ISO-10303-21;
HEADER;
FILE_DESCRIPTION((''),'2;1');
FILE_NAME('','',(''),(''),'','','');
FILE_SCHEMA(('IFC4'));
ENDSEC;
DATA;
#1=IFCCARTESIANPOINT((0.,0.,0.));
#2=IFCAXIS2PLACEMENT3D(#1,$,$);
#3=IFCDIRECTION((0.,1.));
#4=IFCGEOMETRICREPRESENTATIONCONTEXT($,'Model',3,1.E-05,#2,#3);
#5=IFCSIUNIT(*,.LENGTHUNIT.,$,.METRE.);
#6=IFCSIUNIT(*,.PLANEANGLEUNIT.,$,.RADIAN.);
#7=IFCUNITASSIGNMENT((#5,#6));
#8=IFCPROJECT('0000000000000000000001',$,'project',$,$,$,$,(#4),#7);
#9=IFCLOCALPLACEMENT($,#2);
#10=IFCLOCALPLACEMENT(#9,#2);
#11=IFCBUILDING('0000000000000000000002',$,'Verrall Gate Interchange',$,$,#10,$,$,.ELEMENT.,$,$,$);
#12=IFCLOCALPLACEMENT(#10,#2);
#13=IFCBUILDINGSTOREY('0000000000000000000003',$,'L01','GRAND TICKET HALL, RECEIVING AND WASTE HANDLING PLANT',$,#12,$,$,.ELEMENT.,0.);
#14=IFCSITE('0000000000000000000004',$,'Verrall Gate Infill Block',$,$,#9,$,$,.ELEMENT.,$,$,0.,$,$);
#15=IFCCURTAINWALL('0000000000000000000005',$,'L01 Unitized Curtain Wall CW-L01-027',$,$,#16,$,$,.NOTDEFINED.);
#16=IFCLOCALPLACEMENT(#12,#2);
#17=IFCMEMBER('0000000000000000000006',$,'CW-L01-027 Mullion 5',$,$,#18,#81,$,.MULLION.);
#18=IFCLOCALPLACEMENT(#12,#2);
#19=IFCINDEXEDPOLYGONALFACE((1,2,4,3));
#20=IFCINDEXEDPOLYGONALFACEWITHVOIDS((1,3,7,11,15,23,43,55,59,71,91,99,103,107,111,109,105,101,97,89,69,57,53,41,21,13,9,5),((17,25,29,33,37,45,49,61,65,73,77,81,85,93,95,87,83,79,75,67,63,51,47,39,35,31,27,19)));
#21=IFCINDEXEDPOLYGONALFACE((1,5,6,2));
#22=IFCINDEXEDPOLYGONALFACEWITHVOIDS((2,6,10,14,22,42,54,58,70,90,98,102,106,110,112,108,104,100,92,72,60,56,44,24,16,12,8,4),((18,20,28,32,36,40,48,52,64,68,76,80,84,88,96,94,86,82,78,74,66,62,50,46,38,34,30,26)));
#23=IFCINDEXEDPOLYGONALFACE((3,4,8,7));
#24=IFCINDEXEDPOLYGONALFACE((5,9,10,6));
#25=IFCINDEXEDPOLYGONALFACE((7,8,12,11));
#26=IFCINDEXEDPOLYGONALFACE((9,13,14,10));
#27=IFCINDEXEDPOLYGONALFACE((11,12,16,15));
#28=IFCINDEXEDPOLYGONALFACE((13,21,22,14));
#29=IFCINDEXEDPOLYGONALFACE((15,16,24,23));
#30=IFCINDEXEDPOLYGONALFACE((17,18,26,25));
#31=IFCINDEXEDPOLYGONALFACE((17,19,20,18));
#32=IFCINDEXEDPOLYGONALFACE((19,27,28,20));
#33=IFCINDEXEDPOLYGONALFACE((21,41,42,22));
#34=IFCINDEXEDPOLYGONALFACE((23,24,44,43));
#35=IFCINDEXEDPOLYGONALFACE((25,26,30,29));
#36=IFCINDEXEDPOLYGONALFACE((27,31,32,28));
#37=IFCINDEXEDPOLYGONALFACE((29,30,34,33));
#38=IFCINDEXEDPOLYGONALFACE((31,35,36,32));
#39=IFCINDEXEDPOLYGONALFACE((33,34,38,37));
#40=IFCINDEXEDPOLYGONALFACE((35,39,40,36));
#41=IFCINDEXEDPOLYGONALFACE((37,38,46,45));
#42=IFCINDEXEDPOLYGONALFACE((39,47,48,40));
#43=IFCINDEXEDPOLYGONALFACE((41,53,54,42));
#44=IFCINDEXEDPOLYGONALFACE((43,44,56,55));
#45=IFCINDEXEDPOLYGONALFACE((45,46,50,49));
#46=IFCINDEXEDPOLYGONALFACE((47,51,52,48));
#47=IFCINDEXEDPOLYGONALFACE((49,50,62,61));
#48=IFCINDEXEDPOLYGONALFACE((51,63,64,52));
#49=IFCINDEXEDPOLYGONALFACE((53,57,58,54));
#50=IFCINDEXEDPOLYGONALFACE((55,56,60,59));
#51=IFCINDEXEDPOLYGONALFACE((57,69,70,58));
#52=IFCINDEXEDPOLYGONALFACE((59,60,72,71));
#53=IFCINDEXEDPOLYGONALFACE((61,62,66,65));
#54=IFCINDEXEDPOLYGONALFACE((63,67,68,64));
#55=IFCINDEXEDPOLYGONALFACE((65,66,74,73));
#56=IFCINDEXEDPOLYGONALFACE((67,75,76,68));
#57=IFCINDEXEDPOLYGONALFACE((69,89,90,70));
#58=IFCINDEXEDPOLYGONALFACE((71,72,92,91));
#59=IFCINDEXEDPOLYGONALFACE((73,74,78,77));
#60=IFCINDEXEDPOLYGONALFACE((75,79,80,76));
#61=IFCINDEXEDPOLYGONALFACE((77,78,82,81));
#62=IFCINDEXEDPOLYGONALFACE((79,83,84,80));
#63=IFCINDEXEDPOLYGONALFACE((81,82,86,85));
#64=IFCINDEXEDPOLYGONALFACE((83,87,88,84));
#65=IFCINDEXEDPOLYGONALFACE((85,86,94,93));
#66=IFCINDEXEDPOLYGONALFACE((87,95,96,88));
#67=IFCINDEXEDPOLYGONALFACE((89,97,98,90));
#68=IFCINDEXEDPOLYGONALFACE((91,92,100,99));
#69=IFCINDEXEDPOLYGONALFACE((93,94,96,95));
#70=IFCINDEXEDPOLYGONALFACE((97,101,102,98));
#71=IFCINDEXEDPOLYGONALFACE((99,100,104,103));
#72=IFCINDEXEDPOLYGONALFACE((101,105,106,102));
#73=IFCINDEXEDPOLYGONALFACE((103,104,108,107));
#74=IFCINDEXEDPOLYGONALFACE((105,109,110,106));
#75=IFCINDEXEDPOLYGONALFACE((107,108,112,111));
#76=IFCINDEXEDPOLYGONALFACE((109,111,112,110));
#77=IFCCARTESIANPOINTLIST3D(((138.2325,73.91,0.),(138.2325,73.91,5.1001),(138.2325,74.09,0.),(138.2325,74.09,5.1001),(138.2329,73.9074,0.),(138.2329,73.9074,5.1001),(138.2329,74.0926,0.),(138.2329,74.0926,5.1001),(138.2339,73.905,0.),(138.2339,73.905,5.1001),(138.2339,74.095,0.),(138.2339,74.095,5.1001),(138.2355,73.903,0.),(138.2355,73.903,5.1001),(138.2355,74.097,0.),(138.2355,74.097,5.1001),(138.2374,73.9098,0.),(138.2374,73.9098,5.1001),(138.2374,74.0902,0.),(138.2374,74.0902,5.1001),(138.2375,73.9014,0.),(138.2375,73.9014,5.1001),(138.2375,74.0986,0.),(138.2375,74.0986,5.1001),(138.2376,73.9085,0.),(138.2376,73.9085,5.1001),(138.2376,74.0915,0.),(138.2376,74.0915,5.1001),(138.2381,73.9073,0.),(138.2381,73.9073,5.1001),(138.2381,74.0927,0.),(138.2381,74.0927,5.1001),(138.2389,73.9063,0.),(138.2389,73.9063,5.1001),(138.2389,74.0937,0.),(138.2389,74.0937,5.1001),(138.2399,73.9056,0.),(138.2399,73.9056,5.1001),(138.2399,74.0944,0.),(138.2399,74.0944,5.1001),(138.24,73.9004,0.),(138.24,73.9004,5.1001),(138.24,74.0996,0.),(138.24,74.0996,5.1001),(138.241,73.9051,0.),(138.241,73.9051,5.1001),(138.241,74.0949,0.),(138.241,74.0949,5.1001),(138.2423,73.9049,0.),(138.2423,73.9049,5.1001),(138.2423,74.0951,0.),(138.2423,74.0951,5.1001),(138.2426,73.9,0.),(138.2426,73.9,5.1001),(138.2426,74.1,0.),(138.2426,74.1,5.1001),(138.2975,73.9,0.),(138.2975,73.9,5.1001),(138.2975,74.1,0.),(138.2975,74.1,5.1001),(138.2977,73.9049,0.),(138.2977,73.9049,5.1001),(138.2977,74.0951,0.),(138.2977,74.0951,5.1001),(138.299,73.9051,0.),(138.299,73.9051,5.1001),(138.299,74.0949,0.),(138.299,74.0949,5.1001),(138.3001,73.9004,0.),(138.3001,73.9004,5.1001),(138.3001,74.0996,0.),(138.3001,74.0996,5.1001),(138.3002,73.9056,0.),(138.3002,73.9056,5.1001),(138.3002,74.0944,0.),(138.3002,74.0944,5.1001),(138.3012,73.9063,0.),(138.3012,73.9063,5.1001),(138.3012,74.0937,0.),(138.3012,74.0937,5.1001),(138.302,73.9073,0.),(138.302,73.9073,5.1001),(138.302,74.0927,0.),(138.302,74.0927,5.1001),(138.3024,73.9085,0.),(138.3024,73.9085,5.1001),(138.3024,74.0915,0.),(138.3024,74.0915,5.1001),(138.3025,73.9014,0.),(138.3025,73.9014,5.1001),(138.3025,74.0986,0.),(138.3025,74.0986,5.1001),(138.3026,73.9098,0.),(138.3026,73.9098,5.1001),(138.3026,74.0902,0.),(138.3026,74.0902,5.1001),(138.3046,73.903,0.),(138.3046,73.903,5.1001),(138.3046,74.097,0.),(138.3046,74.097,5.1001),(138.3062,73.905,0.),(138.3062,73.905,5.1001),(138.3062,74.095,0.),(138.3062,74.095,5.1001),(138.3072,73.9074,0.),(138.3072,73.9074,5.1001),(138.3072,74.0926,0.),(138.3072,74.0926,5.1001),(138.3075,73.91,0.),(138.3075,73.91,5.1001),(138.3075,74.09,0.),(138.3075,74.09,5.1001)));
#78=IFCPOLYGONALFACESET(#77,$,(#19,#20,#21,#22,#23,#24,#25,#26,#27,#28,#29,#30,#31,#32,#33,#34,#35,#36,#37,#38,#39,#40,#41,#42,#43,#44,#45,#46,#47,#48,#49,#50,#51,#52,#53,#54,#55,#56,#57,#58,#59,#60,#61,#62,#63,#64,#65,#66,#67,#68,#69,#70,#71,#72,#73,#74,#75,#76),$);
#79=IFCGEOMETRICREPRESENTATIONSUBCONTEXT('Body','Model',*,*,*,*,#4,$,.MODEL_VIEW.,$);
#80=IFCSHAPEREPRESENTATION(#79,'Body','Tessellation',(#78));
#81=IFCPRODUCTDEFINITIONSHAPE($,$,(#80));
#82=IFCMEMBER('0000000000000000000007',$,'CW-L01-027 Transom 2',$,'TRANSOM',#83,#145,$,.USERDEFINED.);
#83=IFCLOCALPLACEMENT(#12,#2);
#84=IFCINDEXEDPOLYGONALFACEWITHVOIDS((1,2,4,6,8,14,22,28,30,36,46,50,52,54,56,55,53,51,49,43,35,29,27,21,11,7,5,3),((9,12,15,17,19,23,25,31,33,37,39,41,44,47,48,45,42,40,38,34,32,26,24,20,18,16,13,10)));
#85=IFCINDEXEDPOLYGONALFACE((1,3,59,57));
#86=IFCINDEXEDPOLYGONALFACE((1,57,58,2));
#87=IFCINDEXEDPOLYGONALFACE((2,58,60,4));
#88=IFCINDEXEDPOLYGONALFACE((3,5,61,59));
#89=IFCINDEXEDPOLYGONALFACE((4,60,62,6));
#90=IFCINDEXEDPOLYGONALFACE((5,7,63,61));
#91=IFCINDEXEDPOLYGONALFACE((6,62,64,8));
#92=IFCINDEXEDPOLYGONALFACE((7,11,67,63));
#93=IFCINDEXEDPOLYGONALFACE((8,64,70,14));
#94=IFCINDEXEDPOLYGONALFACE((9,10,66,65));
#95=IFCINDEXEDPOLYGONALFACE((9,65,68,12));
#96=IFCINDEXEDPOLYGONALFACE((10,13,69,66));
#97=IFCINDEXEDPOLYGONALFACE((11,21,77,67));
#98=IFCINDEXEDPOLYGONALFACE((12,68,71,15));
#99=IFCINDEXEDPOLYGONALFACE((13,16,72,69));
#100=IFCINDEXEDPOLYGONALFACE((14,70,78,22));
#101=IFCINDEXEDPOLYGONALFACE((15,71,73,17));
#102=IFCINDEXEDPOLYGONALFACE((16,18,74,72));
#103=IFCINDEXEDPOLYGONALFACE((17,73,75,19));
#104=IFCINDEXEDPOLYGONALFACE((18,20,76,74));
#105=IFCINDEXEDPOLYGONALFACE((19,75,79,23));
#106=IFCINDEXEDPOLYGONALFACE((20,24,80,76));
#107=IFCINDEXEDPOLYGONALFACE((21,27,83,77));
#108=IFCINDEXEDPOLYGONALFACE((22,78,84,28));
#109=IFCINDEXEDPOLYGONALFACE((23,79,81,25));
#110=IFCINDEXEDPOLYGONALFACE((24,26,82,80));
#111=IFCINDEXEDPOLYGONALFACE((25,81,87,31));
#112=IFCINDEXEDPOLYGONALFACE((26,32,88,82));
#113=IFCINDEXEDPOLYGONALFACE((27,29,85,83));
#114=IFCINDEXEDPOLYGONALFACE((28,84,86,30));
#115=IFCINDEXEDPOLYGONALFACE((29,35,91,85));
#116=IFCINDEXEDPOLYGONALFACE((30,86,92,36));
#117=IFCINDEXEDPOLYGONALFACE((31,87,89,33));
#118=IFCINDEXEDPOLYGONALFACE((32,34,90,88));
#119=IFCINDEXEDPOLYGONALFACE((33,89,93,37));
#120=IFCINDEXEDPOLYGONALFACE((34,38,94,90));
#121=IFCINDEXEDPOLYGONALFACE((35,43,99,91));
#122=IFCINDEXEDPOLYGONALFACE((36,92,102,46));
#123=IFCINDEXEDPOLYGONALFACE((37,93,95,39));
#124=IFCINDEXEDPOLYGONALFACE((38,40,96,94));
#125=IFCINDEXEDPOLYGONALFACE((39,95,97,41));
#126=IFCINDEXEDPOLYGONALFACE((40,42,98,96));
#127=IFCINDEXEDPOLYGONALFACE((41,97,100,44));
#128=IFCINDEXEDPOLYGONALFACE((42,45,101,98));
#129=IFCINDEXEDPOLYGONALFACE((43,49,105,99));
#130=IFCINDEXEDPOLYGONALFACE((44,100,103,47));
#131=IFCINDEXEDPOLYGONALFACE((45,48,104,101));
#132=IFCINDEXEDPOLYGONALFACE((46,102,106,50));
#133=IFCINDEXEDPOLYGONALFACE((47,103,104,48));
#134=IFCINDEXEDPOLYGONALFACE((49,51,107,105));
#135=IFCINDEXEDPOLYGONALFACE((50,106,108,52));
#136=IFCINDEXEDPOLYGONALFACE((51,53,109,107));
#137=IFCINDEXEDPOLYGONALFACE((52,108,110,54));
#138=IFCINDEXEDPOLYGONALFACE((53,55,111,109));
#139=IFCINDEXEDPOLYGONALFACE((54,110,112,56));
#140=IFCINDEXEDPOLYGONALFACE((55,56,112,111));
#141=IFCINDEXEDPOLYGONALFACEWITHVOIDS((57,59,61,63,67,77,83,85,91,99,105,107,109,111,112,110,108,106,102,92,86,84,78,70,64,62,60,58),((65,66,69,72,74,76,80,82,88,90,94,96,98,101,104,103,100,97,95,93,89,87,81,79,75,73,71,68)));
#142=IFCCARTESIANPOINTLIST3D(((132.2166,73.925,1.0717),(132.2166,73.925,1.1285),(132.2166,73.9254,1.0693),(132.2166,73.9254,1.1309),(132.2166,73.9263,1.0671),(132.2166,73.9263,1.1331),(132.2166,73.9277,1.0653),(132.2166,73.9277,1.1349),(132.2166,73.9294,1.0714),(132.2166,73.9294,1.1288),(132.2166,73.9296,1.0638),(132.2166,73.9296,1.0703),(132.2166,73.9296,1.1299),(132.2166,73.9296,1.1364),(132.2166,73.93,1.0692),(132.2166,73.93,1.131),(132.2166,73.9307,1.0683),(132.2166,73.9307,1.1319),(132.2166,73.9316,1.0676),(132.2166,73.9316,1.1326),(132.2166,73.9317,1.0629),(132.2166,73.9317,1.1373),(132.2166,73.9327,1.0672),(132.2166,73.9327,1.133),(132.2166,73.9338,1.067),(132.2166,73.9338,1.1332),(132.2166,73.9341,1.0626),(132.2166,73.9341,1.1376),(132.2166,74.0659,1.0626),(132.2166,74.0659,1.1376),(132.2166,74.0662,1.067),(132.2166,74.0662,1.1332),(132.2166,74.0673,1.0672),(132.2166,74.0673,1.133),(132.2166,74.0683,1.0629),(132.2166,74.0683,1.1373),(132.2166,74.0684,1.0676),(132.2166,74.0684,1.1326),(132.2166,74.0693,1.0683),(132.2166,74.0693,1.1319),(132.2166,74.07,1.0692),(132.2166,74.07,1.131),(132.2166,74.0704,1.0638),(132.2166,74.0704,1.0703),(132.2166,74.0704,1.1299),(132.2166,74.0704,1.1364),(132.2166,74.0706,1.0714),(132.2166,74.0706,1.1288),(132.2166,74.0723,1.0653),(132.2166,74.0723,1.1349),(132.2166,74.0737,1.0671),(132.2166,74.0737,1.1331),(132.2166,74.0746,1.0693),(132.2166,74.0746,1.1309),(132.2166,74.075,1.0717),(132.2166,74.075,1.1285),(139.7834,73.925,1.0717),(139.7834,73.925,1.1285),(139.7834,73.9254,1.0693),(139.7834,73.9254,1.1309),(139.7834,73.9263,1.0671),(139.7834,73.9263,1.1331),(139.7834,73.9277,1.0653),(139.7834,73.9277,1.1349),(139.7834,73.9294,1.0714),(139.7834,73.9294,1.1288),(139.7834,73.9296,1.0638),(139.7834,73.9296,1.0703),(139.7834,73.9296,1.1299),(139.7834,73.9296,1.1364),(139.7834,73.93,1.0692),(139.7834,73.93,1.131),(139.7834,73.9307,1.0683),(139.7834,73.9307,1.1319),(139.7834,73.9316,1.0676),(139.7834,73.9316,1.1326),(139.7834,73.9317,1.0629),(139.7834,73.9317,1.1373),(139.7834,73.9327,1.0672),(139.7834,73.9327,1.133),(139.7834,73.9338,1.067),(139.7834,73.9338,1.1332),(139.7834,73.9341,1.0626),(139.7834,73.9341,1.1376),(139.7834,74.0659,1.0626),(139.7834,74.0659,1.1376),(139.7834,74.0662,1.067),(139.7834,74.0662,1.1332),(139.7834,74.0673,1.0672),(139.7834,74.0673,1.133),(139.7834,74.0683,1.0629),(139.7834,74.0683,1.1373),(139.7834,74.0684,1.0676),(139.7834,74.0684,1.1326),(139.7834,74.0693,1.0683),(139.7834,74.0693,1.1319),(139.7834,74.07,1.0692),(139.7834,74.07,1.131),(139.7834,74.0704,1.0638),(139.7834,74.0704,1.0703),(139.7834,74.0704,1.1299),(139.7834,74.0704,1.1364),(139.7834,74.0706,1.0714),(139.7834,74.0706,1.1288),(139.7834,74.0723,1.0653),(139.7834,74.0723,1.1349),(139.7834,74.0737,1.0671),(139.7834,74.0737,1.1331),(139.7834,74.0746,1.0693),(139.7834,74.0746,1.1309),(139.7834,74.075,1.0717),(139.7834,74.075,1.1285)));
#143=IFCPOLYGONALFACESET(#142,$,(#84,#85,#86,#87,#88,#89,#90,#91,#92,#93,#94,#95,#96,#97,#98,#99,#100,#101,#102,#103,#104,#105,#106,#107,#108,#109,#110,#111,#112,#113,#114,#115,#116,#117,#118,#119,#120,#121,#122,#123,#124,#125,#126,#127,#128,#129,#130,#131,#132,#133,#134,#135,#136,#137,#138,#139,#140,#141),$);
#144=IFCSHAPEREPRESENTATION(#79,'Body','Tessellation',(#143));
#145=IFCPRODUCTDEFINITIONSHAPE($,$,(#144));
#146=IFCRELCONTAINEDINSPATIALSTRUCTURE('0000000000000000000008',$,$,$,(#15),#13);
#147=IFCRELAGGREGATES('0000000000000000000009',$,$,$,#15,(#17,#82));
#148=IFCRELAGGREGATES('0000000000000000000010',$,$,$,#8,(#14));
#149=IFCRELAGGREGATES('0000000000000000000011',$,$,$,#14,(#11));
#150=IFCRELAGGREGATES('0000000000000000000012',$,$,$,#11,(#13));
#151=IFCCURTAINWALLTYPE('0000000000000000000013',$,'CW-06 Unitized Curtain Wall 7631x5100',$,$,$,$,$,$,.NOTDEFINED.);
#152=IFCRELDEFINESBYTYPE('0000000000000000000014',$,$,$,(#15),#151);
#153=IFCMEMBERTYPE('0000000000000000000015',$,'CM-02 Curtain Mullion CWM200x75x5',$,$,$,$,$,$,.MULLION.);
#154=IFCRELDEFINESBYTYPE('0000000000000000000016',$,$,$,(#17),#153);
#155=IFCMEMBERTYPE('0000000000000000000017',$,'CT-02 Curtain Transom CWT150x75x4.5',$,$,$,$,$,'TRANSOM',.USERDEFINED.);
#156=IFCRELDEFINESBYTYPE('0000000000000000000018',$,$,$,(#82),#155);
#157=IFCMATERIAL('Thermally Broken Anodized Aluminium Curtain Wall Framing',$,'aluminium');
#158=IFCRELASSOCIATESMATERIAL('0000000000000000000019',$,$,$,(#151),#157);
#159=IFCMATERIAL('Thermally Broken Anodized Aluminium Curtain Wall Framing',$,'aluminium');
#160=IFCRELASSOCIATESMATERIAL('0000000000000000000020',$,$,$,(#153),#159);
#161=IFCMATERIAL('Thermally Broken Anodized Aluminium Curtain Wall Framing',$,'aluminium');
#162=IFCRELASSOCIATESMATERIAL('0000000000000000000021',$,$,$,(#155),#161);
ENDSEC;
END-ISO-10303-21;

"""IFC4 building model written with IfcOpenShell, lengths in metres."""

from ifc_helpers import new_model, si_unit, direction, frame, origin, origin_2d, place, context, subcontext, project, spatial, hollow_rectangle, extrude, material, material_profile, profile_set, type_object, element, aggregate, save


model = new_model("IFC4")

# Units and contexts
model_context = context("Model", 3, precision=1e-05, world=origin(), true_north=direction((0.0, 1.0)))
body_context = subcontext(model_context, "Body", "Model", "MODEL_VIEW")
ifc_project = project(units=[si_unit("LENGTHUNIT", "METRE"), si_unit("PLANEANGLEUNIT", "RADIAN")], contexts=[model_context])

# Site, building, storey
site_placement = place(None, origin())
site = spatial("IfcSite", under=ifc_project, at=site_placement, Name="Verrall Gate Infill Block", CompositionType="ELEMENT", RefElevation=0.0)
building_placement = place(site_placement, origin())
building = spatial("IfcBuilding", under=site, at=building_placement, Name="Verrall Gate Interchange", CompositionType="ELEMENT")
storey_placement = place(building_placement, origin())
storey = spatial("IfcBuildingStorey", under=building, at=storey_placement, Name="L01", Description="GRAND TICKET HALL, RECEIVING AND WASTE HANDLING PLANT", CompositionType="ELEMENT", Elevation=0.0)

# Curtain wall, members
ifc_material_1 = material(Name="Thermally Broken Anodized Aluminium Curtain Wall Framing", Category="aluminium")
curtain_wall_type = type_object("IfcCurtainWallType", Name="CW-06 Unitized Curtain Wall 7631x5100", PredefinedType="NOTDEFINED", material=ifc_material_1)
curtain_wall_placement = place(storey_placement, origin())
curtain_wall = element("IfcCurtainWall", 1, at=curtain_wall_placement, inside=storey, type_object=curtain_wall_type, Name="L01 Unitized Curtain Wall CW-L01-027", PredefinedType="NOTDEFINED")
ifc_material_2 = material(Name="Thermally Broken Anodized Aluminium Curtain Wall Framing", Category="aluminium")
ifc_material_profile_1 = material_profile(ifc_material_2, hollow_rectangle(XDim=0.075, YDim=0.2, WallThickness=0.0049, InnerFilletRadius=0.0049, OuterFilletRadius=0.01, at=origin_2d()), Name="CWM200x75x5")
ifc_profile_set_1 = profile_set([ifc_material_profile_1], Name="Thermally Broken Anodized Aluminium Curtain Wall Framing")
member_type_1 = type_object("IfcMemberType", Name="CM-02 Curtain Mullion CWM200x75x5", PredefinedType="MULLION", material=ifc_profile_set_1)
member_1_placement = place(storey_placement, frame((138.27, 74.0, 0.0), z_axis=(0.0, 0.0, 1.0), x_axis=(1.0, 0.0, 0.0)))
member_1 = element("IfcMember", 2, at=member_1_placement, type_object=member_type_1, Name="CW-L01-027 Mullion 5", PredefinedType="MULLION", context=body_context, shape_type="SweptSolid", body=[
    extrude(hollow_rectangle(XDim=0.075, YDim=0.2, WallThickness=0.0049, InnerFilletRadius=0.0049, OuterFilletRadius=0.01, at=origin_2d()), origin(), (0.0, 0.0, 1.0), 5.1001),
])
ifc_material_3 = material(Name="Thermally Broken Anodized Aluminium Curtain Wall Framing", Category="aluminium")
ifc_material_profile_2 = material_profile(ifc_material_3, hollow_rectangle(XDim=0.1499, YDim=0.075, WallThickness=0.0044, InnerFilletRadius=0.0044, OuterFilletRadius=0.009, at=origin_2d()), Name="CWT150x75x4.5")
ifc_profile_set_2 = profile_set([ifc_material_profile_2], Name="Thermally Broken Anodized Aluminium Curtain Wall Framing")
member_type_2 = type_object("IfcMemberType", Name="CT-02 Curtain Transom CWT150x75x4.5", ElementType="TRANSOM", PredefinedType="USERDEFINED", material=ifc_profile_set_2)
member_2_placement = place(storey_placement, frame((132.2166, 74.0, 1.1001), z_axis=(1.0, 0.0, 0.0), x_axis=(0.0, 1.0, 0.0)))
member_2 = element("IfcMember", 3, at=member_2_placement, type_object=member_type_2, Name="CW-L01-027 Transom 2", ObjectType="TRANSOM", PredefinedType="USERDEFINED", context=body_context, shape_type="SweptSolid", body=[
    extrude(hollow_rectangle(XDim=0.1499, YDim=0.075, WallThickness=0.0044, InnerFilletRadius=0.0044, OuterFilletRadius=0.009, at=origin_2d()), origin(), (0.0, 0.0, 1.0), 7.5669),
])
aggregate(curtain_wall, [member_1, member_2])

save(model, "model.ifc")
